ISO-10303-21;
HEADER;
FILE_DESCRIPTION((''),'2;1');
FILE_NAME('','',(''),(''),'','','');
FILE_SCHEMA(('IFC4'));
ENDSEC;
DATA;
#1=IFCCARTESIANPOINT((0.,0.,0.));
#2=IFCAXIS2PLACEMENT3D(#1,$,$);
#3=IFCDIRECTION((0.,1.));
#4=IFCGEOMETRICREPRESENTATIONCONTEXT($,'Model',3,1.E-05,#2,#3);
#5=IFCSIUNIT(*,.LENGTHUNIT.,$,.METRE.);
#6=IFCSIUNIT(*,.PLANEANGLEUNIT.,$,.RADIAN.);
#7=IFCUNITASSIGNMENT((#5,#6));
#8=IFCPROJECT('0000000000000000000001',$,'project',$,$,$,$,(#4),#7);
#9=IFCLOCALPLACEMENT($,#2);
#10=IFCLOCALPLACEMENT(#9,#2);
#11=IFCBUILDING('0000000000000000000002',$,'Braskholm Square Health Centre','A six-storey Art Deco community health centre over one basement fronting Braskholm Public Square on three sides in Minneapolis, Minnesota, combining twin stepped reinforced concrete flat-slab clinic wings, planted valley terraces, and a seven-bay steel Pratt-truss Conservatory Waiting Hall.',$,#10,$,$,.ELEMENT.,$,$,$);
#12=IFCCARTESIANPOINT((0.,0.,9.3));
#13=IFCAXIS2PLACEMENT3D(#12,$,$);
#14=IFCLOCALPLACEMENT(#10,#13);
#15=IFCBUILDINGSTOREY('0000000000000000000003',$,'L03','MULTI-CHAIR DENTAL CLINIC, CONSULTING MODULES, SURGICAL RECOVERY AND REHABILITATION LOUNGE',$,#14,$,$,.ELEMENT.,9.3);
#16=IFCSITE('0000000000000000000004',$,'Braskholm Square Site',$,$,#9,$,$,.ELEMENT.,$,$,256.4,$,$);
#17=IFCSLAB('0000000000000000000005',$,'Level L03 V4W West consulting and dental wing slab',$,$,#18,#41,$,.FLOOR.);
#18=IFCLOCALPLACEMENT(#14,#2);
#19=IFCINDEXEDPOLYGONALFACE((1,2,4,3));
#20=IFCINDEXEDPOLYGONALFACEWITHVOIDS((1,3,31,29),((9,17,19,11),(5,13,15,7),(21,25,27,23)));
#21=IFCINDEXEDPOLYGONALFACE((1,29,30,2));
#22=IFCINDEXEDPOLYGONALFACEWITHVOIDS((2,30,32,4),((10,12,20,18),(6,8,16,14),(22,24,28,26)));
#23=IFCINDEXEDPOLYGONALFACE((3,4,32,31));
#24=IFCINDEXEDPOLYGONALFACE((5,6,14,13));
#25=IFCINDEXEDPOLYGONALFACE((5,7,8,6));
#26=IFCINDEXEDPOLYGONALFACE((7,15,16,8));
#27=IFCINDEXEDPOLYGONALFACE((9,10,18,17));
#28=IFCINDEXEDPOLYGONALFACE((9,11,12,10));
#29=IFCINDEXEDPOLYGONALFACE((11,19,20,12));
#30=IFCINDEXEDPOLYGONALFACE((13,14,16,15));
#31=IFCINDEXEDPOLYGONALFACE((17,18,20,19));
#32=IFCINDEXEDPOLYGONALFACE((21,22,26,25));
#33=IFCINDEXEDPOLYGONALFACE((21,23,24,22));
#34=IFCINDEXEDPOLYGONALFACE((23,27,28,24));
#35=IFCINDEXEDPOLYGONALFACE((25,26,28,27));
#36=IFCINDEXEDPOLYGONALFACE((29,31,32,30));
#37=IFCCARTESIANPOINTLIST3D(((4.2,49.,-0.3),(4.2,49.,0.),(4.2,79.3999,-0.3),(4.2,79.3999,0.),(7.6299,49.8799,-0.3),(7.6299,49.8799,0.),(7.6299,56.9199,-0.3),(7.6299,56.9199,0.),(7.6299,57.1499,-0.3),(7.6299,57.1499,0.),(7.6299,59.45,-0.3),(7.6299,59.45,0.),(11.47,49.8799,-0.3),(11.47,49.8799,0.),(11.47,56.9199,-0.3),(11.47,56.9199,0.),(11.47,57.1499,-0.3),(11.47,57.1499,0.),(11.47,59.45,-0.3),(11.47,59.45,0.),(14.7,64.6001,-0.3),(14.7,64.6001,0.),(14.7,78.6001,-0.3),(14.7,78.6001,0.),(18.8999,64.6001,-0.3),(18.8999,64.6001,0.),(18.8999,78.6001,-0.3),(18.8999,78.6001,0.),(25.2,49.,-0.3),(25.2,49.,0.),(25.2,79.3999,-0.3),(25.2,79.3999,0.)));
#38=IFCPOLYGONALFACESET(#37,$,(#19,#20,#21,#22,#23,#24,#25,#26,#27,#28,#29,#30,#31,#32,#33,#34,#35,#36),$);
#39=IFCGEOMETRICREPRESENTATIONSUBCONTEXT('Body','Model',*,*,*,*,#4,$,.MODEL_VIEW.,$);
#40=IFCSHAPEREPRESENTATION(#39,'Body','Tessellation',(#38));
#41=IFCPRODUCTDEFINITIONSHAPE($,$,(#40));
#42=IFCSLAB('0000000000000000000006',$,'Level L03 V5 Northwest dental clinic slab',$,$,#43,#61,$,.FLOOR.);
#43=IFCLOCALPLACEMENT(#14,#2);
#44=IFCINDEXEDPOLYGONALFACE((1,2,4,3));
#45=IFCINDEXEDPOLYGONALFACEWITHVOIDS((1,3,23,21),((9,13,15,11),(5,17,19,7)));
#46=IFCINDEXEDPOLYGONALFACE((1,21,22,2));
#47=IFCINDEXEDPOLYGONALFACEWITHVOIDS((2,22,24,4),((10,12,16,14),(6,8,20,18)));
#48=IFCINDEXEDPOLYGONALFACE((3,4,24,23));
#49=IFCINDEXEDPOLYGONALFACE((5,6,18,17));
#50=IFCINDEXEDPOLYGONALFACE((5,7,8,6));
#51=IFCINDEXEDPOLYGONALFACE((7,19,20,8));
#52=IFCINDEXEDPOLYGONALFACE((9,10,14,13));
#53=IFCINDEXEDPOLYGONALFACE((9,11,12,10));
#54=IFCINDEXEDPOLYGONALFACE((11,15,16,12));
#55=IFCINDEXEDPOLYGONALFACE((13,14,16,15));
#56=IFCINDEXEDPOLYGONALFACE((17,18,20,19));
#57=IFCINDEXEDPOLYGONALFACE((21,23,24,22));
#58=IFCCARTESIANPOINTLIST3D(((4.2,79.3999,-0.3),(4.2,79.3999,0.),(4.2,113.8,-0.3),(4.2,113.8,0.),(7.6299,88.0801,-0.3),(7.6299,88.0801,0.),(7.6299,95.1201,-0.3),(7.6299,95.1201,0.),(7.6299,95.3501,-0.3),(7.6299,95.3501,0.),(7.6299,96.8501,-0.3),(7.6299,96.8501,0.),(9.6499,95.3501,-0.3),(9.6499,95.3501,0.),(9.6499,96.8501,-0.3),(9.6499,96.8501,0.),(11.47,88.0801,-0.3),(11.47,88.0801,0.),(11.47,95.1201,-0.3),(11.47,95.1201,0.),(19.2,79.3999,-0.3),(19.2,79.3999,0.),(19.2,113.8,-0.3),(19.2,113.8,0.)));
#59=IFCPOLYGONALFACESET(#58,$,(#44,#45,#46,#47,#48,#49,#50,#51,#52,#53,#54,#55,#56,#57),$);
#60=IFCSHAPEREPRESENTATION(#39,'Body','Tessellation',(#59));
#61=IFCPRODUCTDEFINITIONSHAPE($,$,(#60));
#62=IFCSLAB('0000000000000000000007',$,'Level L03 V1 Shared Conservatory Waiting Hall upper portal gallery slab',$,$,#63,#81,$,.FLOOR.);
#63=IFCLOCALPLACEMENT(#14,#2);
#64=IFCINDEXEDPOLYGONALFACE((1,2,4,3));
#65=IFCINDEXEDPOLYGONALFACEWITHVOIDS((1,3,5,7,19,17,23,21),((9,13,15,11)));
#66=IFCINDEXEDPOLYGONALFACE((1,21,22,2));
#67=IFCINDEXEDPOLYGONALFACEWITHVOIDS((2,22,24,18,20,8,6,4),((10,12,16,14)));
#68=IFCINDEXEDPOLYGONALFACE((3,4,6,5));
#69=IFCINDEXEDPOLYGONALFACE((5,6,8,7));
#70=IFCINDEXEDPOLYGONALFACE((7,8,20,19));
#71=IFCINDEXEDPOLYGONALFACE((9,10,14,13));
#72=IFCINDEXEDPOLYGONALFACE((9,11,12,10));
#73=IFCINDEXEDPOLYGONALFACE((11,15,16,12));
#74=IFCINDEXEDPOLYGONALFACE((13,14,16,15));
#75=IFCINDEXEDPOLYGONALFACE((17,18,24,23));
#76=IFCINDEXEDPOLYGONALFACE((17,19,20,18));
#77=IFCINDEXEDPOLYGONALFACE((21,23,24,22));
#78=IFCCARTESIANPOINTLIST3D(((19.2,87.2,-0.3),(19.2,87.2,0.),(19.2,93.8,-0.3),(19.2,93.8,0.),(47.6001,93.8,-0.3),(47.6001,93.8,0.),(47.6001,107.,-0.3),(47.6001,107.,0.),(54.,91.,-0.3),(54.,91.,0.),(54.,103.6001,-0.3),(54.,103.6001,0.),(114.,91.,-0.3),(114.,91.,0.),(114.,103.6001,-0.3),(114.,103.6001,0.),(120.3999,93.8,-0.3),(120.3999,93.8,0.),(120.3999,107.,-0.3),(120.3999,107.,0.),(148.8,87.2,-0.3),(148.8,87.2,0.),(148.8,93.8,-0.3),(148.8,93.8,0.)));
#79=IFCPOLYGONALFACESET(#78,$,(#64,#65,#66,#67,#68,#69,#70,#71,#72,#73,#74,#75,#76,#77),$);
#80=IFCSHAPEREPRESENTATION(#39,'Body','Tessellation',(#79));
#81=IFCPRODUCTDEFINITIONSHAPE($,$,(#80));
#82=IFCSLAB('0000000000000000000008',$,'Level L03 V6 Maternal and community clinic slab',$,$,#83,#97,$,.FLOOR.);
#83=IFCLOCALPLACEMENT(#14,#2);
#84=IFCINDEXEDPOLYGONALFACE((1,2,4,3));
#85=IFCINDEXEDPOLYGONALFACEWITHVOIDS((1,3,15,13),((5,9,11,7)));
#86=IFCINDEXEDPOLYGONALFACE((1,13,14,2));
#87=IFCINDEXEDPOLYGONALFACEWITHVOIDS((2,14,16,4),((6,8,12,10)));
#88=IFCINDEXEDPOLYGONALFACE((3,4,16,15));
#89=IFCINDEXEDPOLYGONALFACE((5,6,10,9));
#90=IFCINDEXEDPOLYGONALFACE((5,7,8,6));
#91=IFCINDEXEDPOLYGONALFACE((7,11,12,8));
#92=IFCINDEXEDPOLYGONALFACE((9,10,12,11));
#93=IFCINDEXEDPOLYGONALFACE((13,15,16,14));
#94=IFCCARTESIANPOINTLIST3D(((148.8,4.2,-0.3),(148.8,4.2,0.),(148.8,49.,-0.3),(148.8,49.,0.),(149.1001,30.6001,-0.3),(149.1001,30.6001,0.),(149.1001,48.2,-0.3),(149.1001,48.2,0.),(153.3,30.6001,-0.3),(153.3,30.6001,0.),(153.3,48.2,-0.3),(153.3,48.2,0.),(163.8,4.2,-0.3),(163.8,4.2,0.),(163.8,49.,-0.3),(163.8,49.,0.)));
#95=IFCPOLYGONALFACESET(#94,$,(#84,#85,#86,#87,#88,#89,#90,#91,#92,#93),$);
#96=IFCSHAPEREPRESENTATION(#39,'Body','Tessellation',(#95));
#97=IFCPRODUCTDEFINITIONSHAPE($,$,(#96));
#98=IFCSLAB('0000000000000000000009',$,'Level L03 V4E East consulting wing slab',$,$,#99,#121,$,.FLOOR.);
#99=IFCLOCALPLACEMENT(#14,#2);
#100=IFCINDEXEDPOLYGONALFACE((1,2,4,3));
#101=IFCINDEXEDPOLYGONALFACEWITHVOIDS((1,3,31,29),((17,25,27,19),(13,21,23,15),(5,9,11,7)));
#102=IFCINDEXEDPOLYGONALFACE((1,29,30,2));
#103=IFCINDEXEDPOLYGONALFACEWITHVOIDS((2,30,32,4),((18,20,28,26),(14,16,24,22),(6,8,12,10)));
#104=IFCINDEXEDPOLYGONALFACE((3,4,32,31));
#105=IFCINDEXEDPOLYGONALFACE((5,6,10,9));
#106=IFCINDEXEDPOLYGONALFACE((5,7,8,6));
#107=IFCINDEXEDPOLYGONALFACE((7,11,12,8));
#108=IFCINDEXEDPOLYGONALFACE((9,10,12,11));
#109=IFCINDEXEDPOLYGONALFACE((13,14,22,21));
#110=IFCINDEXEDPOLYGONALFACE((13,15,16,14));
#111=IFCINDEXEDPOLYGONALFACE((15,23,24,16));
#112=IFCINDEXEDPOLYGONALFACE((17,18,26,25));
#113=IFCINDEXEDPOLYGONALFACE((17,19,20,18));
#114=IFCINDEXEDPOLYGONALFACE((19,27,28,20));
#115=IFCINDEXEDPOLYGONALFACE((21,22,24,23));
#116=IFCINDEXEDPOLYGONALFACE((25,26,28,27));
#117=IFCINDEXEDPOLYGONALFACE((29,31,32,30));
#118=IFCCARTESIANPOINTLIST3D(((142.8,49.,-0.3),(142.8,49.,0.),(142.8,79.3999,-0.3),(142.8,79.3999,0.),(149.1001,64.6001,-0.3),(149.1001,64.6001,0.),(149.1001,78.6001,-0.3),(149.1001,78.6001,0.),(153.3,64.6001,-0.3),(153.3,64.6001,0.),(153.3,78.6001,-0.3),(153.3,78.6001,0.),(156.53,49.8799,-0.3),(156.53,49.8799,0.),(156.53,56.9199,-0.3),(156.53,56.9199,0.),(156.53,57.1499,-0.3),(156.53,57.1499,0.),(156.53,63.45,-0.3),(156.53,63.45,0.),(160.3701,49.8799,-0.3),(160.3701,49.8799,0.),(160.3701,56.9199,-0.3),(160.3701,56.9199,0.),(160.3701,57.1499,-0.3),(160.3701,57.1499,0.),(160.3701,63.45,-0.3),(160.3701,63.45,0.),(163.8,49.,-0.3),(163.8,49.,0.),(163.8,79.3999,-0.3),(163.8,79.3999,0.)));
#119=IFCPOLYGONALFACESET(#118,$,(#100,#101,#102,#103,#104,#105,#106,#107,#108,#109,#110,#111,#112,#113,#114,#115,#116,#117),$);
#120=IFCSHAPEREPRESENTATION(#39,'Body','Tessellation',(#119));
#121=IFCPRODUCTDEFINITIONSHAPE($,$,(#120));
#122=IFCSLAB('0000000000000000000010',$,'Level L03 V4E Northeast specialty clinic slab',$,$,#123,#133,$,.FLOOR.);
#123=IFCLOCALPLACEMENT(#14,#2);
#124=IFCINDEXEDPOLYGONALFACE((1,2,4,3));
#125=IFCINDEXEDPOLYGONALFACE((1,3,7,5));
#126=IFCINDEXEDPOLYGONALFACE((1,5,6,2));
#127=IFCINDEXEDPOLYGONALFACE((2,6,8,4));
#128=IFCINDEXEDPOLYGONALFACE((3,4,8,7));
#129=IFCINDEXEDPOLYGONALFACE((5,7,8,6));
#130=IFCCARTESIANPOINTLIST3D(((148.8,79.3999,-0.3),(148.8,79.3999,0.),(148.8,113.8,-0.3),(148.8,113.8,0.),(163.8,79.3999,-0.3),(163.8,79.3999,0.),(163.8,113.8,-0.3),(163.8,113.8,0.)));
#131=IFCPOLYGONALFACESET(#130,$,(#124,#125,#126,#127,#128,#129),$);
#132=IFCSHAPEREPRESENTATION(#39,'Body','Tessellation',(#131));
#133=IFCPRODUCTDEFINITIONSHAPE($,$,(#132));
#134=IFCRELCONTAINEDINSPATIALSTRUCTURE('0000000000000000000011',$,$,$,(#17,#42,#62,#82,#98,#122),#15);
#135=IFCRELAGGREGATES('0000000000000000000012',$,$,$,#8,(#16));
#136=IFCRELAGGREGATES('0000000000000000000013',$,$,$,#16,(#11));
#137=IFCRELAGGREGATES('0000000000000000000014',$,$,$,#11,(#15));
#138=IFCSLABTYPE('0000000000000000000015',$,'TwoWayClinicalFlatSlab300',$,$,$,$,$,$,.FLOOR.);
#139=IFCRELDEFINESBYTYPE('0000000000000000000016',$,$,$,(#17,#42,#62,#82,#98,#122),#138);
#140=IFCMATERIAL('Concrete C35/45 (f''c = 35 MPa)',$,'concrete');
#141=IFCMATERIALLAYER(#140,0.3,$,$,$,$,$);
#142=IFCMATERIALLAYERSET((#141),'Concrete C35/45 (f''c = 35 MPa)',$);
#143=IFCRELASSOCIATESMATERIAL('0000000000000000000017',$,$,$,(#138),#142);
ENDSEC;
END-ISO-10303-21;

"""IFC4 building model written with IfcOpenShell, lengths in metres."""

from ifc_helpers import new_model, si_unit, direction, frame, origin, place, context, subcontext, project, spatial, polyline, outline, extrude, material, layer, layer_set, type_object, element, save


model = new_model("IFC4")

# Units and contexts
model_context = context("Model", 3, precision=1e-05, world=origin(), true_north=direction((0.0, 1.0)))
body_context = subcontext(model_context, "Body", "Model", "MODEL_VIEW")
ifc_project = project(units=[si_unit("LENGTHUNIT", "METRE"), si_unit("PLANEANGLEUNIT", "RADIAN")], contexts=[model_context])

# Site, building, storey
site_placement = place(None, origin())
site = spatial("IfcSite", under=ifc_project, at=site_placement, Name="Braskholm Square Site", CompositionType="ELEMENT", RefElevation=256.4)
building_placement = place(site_placement, origin())
building = spatial("IfcBuilding", under=site, at=building_placement, Name="Braskholm Square Health Centre", Description="A six-storey Art Deco community health centre over one basement fronting Braskholm Public Square on three sides in Minneapolis, Minnesota, combining twin stepped reinforced concrete flat-slab clinic wings, planted valley terraces, and a seven-bay steel Pratt-truss Conservatory Waiting Hall.", CompositionType="ELEMENT")
storey_placement = place(building_placement, frame((0.0, 0.0, 9.3)))
storey = spatial("IfcBuildingStorey", under=building, at=storey_placement, Name="L03", Description="MULTI-CHAIR DENTAL CLINIC, CONSULTING MODULES, SURGICAL RECOVERY AND REHABILITATION LOUNGE", CompositionType="ELEMENT", Elevation=9.3)

# Slabs
ifc_material_1 = material(Name="Concrete C35/45 (f'c = 35 MPa)", Category="concrete")
ifc_layer_1 = layer(ifc_material_1, 0.3)
ifc_layer_set_1 = layer_set([ifc_layer_1], Name="Concrete C35/45 (f'c = 35 MPa)")
slab_type_1 = type_object("IfcSlabType", Name="TwoWayClinicalFlatSlab300", PredefinedType="FLOOR", material=ifc_layer_set_1)
slab_1_placement = place(storey_placement, frame((0.0, 0.0, -0.3)))
element("IfcSlab", 1, at=slab_1_placement, inside=storey, type_object=slab_type_1, Name="Level L03 V4W West consulting and dental wing slab", PredefinedType="FLOOR", context=body_context, shape_type="SweptSolid", body=[
    extrude(outline(polyline([(4.2, 49.0), (25.2, 49.0), (25.2, 79.3999), (4.2, 79.3999), (4.2, 49.0)]), holes=[polyline([(7.6299, 49.8799), (11.47, 49.8799), (11.47, 56.9199), (7.6299, 56.9199), (7.6299, 49.8799)]), polyline([(7.6299, 57.1499), (11.47, 57.1499), (11.47, 59.45), (7.6299, 59.45), (7.6299, 57.1499)]), polyline([(14.7, 64.6001), (18.8999, 64.6001), (18.8999, 78.6001), (14.7, 78.6001), (14.7, 64.6001)])]), origin(), (0.0, 0.0, 1.0), 0.3),
])
slab_2_placement = place(storey_placement, frame((0.0, 0.0, -0.3)))
element("IfcSlab", 2, at=slab_2_placement, inside=storey, type_object=slab_type_1, Name="Level L03 V5 Northwest dental clinic slab", PredefinedType="FLOOR", context=body_context, shape_type="SweptSolid", body=[
    extrude(outline(polyline([(4.2, 79.3999), (19.2, 79.3999), (19.2, 113.8), (4.2, 113.8), (4.2, 79.3999)]), holes=[polyline([(7.6299, 88.0801), (11.47, 88.0801), (11.47, 95.1201), (7.6299, 95.1201), (7.6299, 88.0801)]), polyline([(7.6299, 95.3501), (9.6499, 95.3501), (9.6499, 96.8501), (7.6299, 96.8501), (7.6299, 95.3501)])]), origin(), (0.0, 0.0, 1.0), 0.3),
])
slab_3_placement = place(storey_placement, frame((0.0, 0.0, -0.3)))
element("IfcSlab", 3, at=slab_3_placement, inside=storey, type_object=slab_type_1, Name="Level L03 V1 Shared Conservatory Waiting Hall upper portal gallery slab", PredefinedType="FLOOR", context=body_context, shape_type="SweptSolid", body=[
    extrude(outline(polyline([(19.2, 87.2), (148.8, 87.2), (148.8, 93.8), (120.3999, 93.8), (120.3999, 107.0), (47.6001, 107.0), (47.6001, 93.8), (19.2, 93.8), (19.2, 87.2)]), holes=[polyline([(54.0, 91.0), (114.0, 91.0), (114.0, 103.6001), (54.0, 103.6001), (54.0, 91.0)])]), origin(), (0.0, 0.0, 1.0), 0.3),
])
slab_4_placement = place(storey_placement, frame((0.0, 0.0, -0.3)))
element("IfcSlab", 4, at=slab_4_placement, inside=storey, type_object=slab_type_1, Name="Level L03 V6 Maternal and community clinic slab", PredefinedType="FLOOR", context=body_context, shape_type="SweptSolid", body=[
    extrude(outline(polyline([(148.8, 4.2), (163.8, 4.2), (163.8, 49.0), (148.8, 49.0), (148.8, 4.2)]), holes=[polyline([(149.1001, 30.6001), (153.3, 30.6001), (153.3, 48.2), (149.1001, 48.2), (149.1001, 30.6001)])]), origin(), (0.0, 0.0, 1.0), 0.3),
])
slab_5_placement = place(storey_placement, frame((0.0, 0.0, -0.3)))
element("IfcSlab", 5, at=slab_5_placement, inside=storey, type_object=slab_type_1, Name="Level L03 V4E East consulting wing slab", PredefinedType="FLOOR", context=body_context, shape_type="SweptSolid", body=[
    extrude(outline(polyline([(142.8, 49.0), (163.8, 49.0), (163.8, 79.3999), (142.8, 79.3999), (142.8, 49.0)]), holes=[polyline([(156.53, 49.8799), (160.3701, 49.8799), (160.3701, 56.9199), (156.53, 56.9199), (156.53, 49.8799)]), polyline([(156.53, 57.1499), (160.3701, 57.1499), (160.3701, 63.45), (156.53, 63.45), (156.53, 57.1499)]), polyline([(149.1001, 64.6001), (153.3, 64.6001), (153.3, 78.6001), (149.1001, 78.6001), (149.1001, 64.6001)])]), origin(), (0.0, 0.0, 1.0), 0.3),
])
slab_6_placement = place(storey_placement, frame((0.0, 0.0, -0.3)))
element("IfcSlab", 6, at=slab_6_placement, inside=storey, type_object=slab_type_1, Name="Level L03 V4E Northeast specialty clinic slab", PredefinedType="FLOOR", context=body_context, shape_type="SweptSolid", body=[
    extrude(outline(polyline([(148.8, 79.3999), (163.8, 79.3999), (163.8, 113.8), (148.8, 113.8), (148.8, 79.3999)])), origin(), (0.0, 0.0, 1.0), 0.3),
])

save(model, "model.ifc")
